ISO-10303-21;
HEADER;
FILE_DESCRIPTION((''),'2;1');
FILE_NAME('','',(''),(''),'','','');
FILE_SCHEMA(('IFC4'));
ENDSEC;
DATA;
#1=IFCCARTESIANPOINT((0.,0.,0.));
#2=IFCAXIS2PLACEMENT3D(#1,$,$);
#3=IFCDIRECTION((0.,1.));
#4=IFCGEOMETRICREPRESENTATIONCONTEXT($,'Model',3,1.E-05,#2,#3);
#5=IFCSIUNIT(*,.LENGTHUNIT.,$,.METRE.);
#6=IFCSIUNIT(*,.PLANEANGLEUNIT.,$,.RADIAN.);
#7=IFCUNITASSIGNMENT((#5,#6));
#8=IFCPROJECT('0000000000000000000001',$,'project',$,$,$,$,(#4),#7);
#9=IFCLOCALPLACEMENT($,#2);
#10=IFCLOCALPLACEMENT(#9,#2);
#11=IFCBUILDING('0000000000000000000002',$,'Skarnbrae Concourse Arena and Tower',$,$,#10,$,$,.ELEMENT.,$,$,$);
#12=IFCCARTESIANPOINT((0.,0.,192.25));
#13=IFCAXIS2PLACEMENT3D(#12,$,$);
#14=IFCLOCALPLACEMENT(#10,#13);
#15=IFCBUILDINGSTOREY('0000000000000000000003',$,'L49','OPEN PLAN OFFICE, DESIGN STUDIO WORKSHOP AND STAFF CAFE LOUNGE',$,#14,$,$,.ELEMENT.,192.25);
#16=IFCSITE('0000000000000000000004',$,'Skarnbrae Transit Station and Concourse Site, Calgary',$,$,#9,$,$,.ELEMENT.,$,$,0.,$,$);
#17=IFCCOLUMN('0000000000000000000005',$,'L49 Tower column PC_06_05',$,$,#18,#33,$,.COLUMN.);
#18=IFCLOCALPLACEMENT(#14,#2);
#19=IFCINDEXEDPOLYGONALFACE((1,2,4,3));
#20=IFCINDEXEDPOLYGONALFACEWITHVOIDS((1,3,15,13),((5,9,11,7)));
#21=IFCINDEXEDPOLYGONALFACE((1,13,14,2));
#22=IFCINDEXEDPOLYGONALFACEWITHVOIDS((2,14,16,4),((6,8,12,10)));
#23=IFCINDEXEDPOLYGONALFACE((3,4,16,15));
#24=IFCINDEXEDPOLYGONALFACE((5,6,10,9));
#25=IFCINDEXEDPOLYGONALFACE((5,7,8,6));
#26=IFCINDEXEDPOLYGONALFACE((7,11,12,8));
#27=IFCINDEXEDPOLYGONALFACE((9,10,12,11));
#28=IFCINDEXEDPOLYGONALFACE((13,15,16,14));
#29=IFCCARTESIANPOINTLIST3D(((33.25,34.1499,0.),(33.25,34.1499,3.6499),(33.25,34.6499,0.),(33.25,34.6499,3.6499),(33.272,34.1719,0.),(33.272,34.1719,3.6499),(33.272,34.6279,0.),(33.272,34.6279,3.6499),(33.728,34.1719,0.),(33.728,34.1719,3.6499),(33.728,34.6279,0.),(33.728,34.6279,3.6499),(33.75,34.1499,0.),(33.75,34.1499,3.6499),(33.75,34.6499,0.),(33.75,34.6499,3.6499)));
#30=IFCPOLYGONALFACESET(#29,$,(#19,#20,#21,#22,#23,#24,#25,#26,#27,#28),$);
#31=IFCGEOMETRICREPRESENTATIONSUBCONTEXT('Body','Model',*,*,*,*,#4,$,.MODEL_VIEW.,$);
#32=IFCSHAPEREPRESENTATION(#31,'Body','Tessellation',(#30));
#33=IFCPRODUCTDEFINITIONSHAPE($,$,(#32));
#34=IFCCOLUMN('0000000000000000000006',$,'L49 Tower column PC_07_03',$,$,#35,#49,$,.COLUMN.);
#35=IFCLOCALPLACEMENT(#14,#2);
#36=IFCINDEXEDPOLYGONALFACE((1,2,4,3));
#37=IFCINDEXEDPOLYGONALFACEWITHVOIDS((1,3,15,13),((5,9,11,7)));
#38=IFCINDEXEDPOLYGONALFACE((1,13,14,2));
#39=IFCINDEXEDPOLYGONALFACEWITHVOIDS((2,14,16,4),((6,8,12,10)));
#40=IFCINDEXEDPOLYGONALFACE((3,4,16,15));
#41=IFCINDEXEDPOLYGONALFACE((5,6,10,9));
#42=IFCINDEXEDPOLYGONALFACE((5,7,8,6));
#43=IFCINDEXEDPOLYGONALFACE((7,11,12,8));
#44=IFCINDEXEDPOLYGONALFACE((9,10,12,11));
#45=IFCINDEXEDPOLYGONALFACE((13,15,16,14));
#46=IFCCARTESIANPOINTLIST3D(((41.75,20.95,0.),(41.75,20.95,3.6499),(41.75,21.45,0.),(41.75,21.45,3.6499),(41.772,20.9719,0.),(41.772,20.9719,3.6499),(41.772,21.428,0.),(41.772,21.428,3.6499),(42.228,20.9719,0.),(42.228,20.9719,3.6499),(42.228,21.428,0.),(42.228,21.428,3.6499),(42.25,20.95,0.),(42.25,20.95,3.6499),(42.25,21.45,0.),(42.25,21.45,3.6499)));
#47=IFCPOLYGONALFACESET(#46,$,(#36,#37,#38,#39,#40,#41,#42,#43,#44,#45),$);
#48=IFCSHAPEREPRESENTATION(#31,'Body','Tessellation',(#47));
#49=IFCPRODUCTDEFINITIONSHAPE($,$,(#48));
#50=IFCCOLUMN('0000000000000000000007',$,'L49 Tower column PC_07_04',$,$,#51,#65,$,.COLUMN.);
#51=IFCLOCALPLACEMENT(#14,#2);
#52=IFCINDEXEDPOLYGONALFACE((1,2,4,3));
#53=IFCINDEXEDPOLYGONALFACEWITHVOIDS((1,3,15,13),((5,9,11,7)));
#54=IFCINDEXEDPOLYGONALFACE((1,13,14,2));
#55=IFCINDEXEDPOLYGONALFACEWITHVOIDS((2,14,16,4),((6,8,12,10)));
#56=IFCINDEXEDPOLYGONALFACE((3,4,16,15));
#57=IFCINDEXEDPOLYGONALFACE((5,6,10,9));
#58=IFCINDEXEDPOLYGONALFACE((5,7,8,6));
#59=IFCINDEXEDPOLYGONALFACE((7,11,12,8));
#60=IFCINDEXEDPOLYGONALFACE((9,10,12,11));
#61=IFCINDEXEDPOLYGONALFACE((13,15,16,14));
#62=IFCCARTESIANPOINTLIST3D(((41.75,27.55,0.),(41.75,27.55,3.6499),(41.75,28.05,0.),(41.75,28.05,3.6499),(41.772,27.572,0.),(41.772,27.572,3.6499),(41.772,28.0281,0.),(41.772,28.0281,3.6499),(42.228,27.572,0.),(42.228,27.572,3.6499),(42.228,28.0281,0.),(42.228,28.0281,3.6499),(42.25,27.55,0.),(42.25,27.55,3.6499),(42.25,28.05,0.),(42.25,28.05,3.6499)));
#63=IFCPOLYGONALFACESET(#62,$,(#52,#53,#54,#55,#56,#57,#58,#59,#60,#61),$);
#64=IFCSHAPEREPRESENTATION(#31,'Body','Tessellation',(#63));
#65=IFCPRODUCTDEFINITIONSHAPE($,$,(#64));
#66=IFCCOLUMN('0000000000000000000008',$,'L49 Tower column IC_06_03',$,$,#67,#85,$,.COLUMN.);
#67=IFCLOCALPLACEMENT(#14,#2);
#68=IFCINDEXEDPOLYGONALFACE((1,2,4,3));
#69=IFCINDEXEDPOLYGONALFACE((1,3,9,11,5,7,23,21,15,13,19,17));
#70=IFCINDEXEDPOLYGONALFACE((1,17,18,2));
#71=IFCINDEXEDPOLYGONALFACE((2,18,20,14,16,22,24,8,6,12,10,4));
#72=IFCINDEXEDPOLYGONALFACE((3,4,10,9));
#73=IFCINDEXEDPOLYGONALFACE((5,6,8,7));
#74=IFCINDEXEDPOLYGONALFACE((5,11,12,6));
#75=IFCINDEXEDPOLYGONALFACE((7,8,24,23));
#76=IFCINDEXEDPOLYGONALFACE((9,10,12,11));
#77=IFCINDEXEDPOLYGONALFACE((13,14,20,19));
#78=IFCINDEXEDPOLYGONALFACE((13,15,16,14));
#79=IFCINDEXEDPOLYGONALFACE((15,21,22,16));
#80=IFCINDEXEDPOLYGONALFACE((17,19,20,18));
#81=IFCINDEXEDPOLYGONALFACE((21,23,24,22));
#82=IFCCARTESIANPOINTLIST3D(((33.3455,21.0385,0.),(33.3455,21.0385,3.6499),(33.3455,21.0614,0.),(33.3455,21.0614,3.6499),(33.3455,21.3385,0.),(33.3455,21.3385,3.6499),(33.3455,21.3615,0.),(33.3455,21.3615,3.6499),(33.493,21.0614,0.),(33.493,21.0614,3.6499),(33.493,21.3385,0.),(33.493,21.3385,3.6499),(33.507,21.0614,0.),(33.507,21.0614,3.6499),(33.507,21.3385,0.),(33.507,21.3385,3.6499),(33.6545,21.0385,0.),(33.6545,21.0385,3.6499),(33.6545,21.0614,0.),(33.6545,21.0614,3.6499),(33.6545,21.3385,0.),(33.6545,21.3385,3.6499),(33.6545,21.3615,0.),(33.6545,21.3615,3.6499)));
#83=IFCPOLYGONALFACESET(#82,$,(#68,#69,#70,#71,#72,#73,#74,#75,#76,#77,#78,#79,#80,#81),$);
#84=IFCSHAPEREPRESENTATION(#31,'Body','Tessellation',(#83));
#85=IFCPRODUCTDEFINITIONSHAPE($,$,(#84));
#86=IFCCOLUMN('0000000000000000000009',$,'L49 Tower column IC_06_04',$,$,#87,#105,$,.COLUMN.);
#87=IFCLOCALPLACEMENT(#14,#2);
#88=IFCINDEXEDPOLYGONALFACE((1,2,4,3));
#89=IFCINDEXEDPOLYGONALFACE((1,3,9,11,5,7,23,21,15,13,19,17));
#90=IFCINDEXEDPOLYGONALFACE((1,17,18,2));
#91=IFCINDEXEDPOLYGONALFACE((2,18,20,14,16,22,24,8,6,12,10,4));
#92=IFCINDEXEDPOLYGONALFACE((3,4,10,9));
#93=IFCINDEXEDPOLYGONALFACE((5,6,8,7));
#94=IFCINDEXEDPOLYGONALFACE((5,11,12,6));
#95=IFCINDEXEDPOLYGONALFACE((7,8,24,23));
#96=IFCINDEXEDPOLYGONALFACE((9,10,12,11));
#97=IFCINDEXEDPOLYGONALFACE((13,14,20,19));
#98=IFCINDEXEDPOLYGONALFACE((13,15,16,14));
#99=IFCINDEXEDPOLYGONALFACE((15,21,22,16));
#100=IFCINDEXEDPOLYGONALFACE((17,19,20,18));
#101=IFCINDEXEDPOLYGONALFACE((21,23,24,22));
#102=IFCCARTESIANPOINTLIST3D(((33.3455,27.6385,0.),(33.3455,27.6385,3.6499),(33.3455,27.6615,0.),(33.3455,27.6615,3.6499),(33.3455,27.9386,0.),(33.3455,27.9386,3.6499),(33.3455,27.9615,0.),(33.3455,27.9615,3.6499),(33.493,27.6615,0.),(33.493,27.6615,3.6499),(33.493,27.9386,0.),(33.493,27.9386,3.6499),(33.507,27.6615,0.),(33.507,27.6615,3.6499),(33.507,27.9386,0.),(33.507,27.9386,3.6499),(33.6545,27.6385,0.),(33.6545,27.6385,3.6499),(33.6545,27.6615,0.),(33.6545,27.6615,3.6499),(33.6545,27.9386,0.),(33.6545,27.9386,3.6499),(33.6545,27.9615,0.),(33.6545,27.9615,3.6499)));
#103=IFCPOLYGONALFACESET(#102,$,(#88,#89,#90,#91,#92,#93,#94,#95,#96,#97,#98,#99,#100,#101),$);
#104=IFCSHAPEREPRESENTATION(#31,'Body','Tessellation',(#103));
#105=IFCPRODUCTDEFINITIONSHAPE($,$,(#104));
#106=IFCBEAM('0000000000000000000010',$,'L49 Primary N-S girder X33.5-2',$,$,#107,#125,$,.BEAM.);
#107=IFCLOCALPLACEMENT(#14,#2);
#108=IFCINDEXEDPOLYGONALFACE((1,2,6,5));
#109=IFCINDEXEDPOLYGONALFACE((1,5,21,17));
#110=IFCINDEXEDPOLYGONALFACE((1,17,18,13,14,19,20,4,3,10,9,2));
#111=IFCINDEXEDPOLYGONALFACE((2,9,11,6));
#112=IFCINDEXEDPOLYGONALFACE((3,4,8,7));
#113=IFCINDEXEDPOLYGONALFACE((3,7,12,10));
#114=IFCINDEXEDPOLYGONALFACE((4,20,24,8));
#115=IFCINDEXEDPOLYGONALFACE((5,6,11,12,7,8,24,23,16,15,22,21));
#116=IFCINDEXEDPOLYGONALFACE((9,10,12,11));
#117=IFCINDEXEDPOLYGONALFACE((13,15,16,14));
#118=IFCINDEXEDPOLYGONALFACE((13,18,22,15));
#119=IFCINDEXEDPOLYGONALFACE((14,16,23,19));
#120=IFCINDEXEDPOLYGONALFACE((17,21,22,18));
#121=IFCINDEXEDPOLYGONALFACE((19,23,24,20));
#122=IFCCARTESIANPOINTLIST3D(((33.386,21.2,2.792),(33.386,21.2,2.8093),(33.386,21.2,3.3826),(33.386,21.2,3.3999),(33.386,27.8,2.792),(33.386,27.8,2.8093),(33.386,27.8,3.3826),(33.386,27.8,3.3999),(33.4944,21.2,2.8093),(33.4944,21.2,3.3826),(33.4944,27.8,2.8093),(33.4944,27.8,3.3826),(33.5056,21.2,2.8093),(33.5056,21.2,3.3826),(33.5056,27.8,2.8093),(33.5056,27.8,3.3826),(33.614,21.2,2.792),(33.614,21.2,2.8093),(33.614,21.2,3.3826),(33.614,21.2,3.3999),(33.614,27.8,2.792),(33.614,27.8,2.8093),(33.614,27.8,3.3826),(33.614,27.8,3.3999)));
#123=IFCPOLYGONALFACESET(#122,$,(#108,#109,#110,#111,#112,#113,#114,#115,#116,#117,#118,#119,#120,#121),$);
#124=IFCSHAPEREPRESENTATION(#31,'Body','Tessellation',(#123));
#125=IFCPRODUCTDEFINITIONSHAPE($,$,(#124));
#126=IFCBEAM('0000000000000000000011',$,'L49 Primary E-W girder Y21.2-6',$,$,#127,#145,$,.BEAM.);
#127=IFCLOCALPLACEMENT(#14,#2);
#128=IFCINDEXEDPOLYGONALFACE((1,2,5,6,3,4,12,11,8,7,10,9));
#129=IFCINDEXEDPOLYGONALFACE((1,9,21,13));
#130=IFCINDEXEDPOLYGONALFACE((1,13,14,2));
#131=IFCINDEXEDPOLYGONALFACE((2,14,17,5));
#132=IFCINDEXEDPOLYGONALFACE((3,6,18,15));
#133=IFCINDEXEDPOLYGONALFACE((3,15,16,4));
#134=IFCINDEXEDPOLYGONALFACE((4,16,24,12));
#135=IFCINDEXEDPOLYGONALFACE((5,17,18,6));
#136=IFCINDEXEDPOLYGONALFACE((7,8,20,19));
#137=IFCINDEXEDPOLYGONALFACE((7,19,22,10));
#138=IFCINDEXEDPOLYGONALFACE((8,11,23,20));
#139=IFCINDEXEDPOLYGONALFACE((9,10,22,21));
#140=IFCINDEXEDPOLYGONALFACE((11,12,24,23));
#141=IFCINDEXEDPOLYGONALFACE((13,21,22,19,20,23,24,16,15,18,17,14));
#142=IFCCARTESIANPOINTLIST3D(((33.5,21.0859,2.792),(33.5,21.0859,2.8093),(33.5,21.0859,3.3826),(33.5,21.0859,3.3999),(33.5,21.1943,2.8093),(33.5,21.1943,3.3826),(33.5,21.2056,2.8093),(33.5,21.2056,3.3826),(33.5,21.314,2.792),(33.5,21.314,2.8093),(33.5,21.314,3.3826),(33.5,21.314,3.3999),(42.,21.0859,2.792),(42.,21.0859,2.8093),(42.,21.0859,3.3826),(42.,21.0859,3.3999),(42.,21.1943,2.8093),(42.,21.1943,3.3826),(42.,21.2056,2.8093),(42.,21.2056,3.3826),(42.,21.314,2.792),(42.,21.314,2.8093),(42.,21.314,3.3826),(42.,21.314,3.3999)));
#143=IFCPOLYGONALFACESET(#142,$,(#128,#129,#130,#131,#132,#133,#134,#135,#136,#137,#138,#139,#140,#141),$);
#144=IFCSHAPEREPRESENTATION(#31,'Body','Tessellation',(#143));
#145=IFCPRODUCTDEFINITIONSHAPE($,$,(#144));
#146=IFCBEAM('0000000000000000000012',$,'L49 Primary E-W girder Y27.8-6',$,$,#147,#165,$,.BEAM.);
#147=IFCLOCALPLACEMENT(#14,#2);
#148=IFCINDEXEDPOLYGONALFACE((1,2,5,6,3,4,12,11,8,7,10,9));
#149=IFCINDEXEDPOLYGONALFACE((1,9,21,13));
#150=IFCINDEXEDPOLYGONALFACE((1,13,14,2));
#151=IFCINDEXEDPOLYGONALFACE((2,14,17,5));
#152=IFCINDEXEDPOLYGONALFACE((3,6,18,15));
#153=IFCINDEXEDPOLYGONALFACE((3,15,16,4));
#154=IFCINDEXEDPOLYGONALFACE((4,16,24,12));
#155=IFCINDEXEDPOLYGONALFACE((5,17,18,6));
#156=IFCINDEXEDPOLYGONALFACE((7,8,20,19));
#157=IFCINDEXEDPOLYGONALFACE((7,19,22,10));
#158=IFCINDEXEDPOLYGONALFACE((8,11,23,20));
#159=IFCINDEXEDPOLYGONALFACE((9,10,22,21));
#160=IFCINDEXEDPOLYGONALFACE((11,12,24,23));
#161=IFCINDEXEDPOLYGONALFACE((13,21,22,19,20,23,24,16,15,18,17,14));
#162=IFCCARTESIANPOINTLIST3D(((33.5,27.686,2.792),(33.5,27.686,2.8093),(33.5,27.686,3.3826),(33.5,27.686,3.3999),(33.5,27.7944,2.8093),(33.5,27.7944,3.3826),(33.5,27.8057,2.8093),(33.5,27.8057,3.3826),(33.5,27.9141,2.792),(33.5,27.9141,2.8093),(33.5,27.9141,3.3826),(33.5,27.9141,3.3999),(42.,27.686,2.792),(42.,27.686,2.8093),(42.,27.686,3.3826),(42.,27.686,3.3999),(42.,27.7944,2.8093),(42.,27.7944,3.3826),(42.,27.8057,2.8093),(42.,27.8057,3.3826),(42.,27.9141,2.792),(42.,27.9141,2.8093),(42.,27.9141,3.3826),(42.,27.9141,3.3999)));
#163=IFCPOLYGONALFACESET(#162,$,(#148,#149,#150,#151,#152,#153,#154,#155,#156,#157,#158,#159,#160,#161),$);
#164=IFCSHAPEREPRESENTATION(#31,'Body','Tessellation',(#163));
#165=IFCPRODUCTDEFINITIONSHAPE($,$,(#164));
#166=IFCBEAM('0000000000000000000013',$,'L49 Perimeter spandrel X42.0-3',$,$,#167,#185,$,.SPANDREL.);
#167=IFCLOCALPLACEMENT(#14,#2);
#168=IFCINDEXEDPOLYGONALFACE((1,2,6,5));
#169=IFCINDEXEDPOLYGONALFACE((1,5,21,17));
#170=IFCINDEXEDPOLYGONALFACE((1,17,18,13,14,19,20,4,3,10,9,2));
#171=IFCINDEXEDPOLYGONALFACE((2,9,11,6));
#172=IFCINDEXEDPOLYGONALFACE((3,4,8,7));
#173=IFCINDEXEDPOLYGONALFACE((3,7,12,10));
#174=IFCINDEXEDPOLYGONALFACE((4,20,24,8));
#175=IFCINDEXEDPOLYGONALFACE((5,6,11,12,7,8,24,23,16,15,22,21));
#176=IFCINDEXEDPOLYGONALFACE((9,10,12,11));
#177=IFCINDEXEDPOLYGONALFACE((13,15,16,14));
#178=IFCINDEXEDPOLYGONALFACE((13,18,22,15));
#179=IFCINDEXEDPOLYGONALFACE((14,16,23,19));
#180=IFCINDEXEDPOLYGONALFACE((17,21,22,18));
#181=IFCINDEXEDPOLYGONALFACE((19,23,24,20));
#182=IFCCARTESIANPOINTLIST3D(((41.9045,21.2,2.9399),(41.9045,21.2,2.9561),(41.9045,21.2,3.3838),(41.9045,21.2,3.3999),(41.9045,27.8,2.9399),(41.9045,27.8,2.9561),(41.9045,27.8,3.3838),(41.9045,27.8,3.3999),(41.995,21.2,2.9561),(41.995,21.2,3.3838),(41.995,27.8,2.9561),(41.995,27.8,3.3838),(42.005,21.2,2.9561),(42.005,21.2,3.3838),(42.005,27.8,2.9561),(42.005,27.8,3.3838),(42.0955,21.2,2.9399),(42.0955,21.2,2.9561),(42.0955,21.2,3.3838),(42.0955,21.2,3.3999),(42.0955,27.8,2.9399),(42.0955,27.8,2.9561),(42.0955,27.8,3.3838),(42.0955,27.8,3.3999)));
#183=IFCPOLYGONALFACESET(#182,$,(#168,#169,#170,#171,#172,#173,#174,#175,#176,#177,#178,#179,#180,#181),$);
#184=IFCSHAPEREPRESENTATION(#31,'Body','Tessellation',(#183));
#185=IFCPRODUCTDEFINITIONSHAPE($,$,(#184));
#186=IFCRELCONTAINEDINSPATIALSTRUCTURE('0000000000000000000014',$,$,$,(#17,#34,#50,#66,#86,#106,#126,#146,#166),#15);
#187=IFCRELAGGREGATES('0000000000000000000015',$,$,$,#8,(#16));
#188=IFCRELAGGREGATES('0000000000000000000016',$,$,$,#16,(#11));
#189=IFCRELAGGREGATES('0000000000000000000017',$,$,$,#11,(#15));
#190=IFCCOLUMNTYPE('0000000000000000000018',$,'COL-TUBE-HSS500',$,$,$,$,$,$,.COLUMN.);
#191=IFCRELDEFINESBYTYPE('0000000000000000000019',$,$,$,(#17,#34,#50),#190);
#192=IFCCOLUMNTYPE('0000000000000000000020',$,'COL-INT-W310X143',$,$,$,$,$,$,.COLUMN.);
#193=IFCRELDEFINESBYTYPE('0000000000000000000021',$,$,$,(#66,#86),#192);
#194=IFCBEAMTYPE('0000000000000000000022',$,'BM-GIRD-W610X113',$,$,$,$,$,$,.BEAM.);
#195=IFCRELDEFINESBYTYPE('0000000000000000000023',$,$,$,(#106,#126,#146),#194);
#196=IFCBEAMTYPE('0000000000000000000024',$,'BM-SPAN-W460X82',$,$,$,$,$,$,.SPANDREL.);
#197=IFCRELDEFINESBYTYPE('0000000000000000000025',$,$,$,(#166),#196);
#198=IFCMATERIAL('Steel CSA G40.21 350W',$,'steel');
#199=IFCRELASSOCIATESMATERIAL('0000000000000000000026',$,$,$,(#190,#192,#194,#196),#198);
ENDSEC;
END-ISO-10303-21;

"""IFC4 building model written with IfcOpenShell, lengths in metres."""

from ifc_helpers import new_model, si_unit, direction, frame, origin, origin_2d, place, context, subcontext, project, spatial, hollow_rectangle, i_section, extrude, source, transform, mapped, material, material_profile, profile_set, type_object, element, save


model = new_model("IFC4")

# Units and contexts
model_context = context("Model", 3, precision=1e-05, world=origin(), true_north=direction((0.0, 1.0)))
body_context = subcontext(model_context, "Body", "Model", "MODEL_VIEW")
ifc_project = project(units=[si_unit("LENGTHUNIT", "METRE"), si_unit("PLANEANGLEUNIT", "RADIAN")], contexts=[model_context])

# Site, building, storey
site_placement = place(None, origin())
site = spatial("IfcSite", under=ifc_project, at=site_placement, Name="Skarnbrae Transit Station and Concourse Site, Calgary", CompositionType="ELEMENT", RefElevation=0.0)
building_placement = place(site_placement, origin())
building = spatial("IfcBuilding", under=site, at=building_placement, Name="Skarnbrae Concourse Arena and Tower", CompositionType="ELEMENT")
storey_placement = place(building_placement, frame((0.0, 0.0, 192.25)))
storey = spatial("IfcBuildingStorey", under=building, at=storey_placement, Name="L49", Description="OPEN PLAN OFFICE, DESIGN STUDIO WORKSHOP AND STAFF CAFE LOUNGE", CompositionType="ELEMENT", Elevation=192.25)

# Columns
ifc_material_1 = material(Name="Steel CSA G40.21 350W", Category="steel")
ifc_material_profile_1 = material_profile(ifc_material_1, hollow_rectangle(XDim=0.5, YDim=0.5, WallThickness=0.022, at=origin_2d()), Name="HSS500X500X22.0")
ifc_profile_set_1 = profile_set([ifc_material_profile_1], Name="Steel CSA G40.21 350W")
column_type_1 = type_object("IfcColumnType", Name="COL-TUBE-HSS500", PredefinedType="COLUMN", material=ifc_profile_set_1)
shared_shape_1 = source(origin(), body_context, "Body", "SweptSolid", [
    extrude(hollow_rectangle(XDim=0.5, YDim=0.5, WallThickness=0.022, at=origin_2d()), origin(), (0.0, 0.0, 1.0), 3.6499),
])
for number, where, z_axis, x_axis, name in (
    (1, (33.5, 34.3999, 0.0), (0.0, 0.0, 1.0), (1.0, 0.0, 0.0), "L49 Tower column PC_06_05"),
    (2, (42.0, 21.2, 0.0), (0.0, 0.0, 1.0), (1.0, 0.0, 0.0), "L49 Tower column PC_07_03"),
    (3, (42.0, 27.8, 0.0), (0.0, 0.0, 1.0), (1.0, 0.0, 0.0), "L49 Tower column PC_07_04"),
):
    element("IfcColumn", number, at=place(storey_placement, frame(where, z_axis=z_axis, x_axis=x_axis)), inside=storey, type_object=column_type_1, Name=name, PredefinedType="COLUMN", context=body_context, shape_type="MappedRepresentation", body=[
        mapped(shared_shape_1, transform((0.0, 0.0, 0.0))),
    ])
ifc_material_profile_2 = material_profile(ifc_material_1, i_section(OverallWidth=0.3091, OverallDepth=0.323, WebThickness=0.0139, FlangeThickness=0.0229, at=origin_2d()), Name="W310X143")
ifc_profile_set_2 = profile_set([ifc_material_profile_2], Name="Steel CSA G40.21 350W")
column_type_2 = type_object("IfcColumnType", Name="COL-INT-W310X143", PredefinedType="COLUMN", material=ifc_profile_set_2)
shared_shape_2 = source(origin(), body_context, "Body", "SweptSolid", [
    extrude(i_section(OverallWidth=0.3091, OverallDepth=0.323, WebThickness=0.0139, FlangeThickness=0.0229, at=origin_2d()), origin(), (0.0, 0.0, 1.0), 3.6499),
])
for number, where, z_axis, x_axis, name in (
    (4, (33.5, 21.2, 0.0), (0.0, 0.0, 1.0), (1.0, 0.0, 0.0), "L49 Tower column IC_06_03"),
    (5, (33.5, 27.8, 0.0), (0.0, 0.0, 1.0), (1.0, 0.0, 0.0), "L49 Tower column IC_06_04"),
):
    element("IfcColumn", number, at=place(storey_placement, frame(where, z_axis=z_axis, x_axis=x_axis)), inside=storey, type_object=column_type_2, Name=name, PredefinedType="COLUMN", context=body_context, shape_type="MappedRepresentation", body=[
        mapped(shared_shape_2, transform((0.0, 0.0, 0.0))),
    ])

# Beams
ifc_material_profile_3 = material_profile(ifc_material_1, i_section(OverallWidth=0.228, OverallDepth=0.6079, WebThickness=0.0112, FlangeThickness=0.0173, at=origin_2d()), Name="W610X113")
ifc_profile_set_3 = profile_set([ifc_material_profile_3], Name="Steel CSA G40.21 350W")
beam_type_1 = type_object("IfcBeamType", Name="BM-GIRD-W610X113", PredefinedType="BEAM", material=ifc_profile_set_3)
shared_shape_3 = source(origin(), body_context, "Body", "SweptSolid", [
    extrude(i_section(OverallWidth=0.228, OverallDepth=0.6079, WebThickness=0.0112, FlangeThickness=0.0173, at=origin_2d()), origin(), (0.0, 0.0, 1.0), 6.6001),
])
beam_1_placement = place(storey_placement, frame((33.5, 21.2, 3.0959), z_axis=(0.0, 1.0, 0.0), x_axis=(-1.0, 0.0, 0.0)))
element("IfcBeam", 6, at=beam_1_placement, inside=storey, type_object=beam_type_1, Name="L49 Primary N-S girder X33.5-2", PredefinedType="BEAM", context=body_context, shape_type="MappedRepresentation", body=[
    mapped(shared_shape_3, transform((0.0, 0.0, 0.0))),
])
shared_shape_4 = source(origin(), body_context, "Body", "SweptSolid", [
    extrude(i_section(OverallWidth=0.228, OverallDepth=0.6079, WebThickness=0.0112, FlangeThickness=0.0173, at=origin_2d()), origin(), (0.0, 0.0, 1.0), 8.5),
])
for number, where, z_axis, x_axis, name in (
    (7, (33.5, 21.2, 3.0959), (1.0, 0.0, 0.0), (0.0, 1.0, 0.0), "L49 Primary E-W girder Y21.2-6"),
    (8, (33.5, 27.8, 3.0959), (1.0, 0.0, 0.0), (0.0, 1.0, 0.0), "L49 Primary E-W girder Y27.8-6"),
):
    element("IfcBeam", number, at=place(storey_placement, frame(where, z_axis=z_axis, x_axis=x_axis)), inside=storey, type_object=beam_type_1, Name=name, PredefinedType="BEAM", context=body_context, shape_type="MappedRepresentation", body=[
        mapped(shared_shape_4, transform((0.0, 0.0, 0.0))),
    ])
ifc_material_profile_4 = material_profile(ifc_material_1, i_section(OverallWidth=0.1909, OverallDepth=0.46, WebThickness=0.01, FlangeThickness=0.0161, at=origin_2d()), Name="W460X82")
ifc_profile_set_4 = profile_set([ifc_material_profile_4], Name="Steel CSA G40.21 350W")
beam_type_2 = type_object("IfcBeamType", Name="BM-SPAN-W460X82", PredefinedType="SPANDREL", material=ifc_profile_set_4)
shared_shape_5 = source(origin(), body_context, "Body", "SweptSolid", [
    extrude(i_section(OverallWidth=0.1909, OverallDepth=0.46, WebThickness=0.01, FlangeThickness=0.0161, at=origin_2d()), origin(), (0.0, 0.0, 1.0), 6.6001),
])
beam_2_placement = place(storey_placement, frame((42.0, 21.2, 3.1699), z_axis=(0.0, 1.0, 0.0), x_axis=(-1.0, 0.0, 0.0)))
element("IfcBeam", 9, at=beam_2_placement, inside=storey, type_object=beam_type_2, Name="L49 Perimeter spandrel X42.0-3", PredefinedType="SPANDREL", context=body_context, shape_type="MappedRepresentation", body=[
    mapped(shared_shape_5, transform((0.0, 0.0, 0.0))),
])

save(model, "model.ifc")
